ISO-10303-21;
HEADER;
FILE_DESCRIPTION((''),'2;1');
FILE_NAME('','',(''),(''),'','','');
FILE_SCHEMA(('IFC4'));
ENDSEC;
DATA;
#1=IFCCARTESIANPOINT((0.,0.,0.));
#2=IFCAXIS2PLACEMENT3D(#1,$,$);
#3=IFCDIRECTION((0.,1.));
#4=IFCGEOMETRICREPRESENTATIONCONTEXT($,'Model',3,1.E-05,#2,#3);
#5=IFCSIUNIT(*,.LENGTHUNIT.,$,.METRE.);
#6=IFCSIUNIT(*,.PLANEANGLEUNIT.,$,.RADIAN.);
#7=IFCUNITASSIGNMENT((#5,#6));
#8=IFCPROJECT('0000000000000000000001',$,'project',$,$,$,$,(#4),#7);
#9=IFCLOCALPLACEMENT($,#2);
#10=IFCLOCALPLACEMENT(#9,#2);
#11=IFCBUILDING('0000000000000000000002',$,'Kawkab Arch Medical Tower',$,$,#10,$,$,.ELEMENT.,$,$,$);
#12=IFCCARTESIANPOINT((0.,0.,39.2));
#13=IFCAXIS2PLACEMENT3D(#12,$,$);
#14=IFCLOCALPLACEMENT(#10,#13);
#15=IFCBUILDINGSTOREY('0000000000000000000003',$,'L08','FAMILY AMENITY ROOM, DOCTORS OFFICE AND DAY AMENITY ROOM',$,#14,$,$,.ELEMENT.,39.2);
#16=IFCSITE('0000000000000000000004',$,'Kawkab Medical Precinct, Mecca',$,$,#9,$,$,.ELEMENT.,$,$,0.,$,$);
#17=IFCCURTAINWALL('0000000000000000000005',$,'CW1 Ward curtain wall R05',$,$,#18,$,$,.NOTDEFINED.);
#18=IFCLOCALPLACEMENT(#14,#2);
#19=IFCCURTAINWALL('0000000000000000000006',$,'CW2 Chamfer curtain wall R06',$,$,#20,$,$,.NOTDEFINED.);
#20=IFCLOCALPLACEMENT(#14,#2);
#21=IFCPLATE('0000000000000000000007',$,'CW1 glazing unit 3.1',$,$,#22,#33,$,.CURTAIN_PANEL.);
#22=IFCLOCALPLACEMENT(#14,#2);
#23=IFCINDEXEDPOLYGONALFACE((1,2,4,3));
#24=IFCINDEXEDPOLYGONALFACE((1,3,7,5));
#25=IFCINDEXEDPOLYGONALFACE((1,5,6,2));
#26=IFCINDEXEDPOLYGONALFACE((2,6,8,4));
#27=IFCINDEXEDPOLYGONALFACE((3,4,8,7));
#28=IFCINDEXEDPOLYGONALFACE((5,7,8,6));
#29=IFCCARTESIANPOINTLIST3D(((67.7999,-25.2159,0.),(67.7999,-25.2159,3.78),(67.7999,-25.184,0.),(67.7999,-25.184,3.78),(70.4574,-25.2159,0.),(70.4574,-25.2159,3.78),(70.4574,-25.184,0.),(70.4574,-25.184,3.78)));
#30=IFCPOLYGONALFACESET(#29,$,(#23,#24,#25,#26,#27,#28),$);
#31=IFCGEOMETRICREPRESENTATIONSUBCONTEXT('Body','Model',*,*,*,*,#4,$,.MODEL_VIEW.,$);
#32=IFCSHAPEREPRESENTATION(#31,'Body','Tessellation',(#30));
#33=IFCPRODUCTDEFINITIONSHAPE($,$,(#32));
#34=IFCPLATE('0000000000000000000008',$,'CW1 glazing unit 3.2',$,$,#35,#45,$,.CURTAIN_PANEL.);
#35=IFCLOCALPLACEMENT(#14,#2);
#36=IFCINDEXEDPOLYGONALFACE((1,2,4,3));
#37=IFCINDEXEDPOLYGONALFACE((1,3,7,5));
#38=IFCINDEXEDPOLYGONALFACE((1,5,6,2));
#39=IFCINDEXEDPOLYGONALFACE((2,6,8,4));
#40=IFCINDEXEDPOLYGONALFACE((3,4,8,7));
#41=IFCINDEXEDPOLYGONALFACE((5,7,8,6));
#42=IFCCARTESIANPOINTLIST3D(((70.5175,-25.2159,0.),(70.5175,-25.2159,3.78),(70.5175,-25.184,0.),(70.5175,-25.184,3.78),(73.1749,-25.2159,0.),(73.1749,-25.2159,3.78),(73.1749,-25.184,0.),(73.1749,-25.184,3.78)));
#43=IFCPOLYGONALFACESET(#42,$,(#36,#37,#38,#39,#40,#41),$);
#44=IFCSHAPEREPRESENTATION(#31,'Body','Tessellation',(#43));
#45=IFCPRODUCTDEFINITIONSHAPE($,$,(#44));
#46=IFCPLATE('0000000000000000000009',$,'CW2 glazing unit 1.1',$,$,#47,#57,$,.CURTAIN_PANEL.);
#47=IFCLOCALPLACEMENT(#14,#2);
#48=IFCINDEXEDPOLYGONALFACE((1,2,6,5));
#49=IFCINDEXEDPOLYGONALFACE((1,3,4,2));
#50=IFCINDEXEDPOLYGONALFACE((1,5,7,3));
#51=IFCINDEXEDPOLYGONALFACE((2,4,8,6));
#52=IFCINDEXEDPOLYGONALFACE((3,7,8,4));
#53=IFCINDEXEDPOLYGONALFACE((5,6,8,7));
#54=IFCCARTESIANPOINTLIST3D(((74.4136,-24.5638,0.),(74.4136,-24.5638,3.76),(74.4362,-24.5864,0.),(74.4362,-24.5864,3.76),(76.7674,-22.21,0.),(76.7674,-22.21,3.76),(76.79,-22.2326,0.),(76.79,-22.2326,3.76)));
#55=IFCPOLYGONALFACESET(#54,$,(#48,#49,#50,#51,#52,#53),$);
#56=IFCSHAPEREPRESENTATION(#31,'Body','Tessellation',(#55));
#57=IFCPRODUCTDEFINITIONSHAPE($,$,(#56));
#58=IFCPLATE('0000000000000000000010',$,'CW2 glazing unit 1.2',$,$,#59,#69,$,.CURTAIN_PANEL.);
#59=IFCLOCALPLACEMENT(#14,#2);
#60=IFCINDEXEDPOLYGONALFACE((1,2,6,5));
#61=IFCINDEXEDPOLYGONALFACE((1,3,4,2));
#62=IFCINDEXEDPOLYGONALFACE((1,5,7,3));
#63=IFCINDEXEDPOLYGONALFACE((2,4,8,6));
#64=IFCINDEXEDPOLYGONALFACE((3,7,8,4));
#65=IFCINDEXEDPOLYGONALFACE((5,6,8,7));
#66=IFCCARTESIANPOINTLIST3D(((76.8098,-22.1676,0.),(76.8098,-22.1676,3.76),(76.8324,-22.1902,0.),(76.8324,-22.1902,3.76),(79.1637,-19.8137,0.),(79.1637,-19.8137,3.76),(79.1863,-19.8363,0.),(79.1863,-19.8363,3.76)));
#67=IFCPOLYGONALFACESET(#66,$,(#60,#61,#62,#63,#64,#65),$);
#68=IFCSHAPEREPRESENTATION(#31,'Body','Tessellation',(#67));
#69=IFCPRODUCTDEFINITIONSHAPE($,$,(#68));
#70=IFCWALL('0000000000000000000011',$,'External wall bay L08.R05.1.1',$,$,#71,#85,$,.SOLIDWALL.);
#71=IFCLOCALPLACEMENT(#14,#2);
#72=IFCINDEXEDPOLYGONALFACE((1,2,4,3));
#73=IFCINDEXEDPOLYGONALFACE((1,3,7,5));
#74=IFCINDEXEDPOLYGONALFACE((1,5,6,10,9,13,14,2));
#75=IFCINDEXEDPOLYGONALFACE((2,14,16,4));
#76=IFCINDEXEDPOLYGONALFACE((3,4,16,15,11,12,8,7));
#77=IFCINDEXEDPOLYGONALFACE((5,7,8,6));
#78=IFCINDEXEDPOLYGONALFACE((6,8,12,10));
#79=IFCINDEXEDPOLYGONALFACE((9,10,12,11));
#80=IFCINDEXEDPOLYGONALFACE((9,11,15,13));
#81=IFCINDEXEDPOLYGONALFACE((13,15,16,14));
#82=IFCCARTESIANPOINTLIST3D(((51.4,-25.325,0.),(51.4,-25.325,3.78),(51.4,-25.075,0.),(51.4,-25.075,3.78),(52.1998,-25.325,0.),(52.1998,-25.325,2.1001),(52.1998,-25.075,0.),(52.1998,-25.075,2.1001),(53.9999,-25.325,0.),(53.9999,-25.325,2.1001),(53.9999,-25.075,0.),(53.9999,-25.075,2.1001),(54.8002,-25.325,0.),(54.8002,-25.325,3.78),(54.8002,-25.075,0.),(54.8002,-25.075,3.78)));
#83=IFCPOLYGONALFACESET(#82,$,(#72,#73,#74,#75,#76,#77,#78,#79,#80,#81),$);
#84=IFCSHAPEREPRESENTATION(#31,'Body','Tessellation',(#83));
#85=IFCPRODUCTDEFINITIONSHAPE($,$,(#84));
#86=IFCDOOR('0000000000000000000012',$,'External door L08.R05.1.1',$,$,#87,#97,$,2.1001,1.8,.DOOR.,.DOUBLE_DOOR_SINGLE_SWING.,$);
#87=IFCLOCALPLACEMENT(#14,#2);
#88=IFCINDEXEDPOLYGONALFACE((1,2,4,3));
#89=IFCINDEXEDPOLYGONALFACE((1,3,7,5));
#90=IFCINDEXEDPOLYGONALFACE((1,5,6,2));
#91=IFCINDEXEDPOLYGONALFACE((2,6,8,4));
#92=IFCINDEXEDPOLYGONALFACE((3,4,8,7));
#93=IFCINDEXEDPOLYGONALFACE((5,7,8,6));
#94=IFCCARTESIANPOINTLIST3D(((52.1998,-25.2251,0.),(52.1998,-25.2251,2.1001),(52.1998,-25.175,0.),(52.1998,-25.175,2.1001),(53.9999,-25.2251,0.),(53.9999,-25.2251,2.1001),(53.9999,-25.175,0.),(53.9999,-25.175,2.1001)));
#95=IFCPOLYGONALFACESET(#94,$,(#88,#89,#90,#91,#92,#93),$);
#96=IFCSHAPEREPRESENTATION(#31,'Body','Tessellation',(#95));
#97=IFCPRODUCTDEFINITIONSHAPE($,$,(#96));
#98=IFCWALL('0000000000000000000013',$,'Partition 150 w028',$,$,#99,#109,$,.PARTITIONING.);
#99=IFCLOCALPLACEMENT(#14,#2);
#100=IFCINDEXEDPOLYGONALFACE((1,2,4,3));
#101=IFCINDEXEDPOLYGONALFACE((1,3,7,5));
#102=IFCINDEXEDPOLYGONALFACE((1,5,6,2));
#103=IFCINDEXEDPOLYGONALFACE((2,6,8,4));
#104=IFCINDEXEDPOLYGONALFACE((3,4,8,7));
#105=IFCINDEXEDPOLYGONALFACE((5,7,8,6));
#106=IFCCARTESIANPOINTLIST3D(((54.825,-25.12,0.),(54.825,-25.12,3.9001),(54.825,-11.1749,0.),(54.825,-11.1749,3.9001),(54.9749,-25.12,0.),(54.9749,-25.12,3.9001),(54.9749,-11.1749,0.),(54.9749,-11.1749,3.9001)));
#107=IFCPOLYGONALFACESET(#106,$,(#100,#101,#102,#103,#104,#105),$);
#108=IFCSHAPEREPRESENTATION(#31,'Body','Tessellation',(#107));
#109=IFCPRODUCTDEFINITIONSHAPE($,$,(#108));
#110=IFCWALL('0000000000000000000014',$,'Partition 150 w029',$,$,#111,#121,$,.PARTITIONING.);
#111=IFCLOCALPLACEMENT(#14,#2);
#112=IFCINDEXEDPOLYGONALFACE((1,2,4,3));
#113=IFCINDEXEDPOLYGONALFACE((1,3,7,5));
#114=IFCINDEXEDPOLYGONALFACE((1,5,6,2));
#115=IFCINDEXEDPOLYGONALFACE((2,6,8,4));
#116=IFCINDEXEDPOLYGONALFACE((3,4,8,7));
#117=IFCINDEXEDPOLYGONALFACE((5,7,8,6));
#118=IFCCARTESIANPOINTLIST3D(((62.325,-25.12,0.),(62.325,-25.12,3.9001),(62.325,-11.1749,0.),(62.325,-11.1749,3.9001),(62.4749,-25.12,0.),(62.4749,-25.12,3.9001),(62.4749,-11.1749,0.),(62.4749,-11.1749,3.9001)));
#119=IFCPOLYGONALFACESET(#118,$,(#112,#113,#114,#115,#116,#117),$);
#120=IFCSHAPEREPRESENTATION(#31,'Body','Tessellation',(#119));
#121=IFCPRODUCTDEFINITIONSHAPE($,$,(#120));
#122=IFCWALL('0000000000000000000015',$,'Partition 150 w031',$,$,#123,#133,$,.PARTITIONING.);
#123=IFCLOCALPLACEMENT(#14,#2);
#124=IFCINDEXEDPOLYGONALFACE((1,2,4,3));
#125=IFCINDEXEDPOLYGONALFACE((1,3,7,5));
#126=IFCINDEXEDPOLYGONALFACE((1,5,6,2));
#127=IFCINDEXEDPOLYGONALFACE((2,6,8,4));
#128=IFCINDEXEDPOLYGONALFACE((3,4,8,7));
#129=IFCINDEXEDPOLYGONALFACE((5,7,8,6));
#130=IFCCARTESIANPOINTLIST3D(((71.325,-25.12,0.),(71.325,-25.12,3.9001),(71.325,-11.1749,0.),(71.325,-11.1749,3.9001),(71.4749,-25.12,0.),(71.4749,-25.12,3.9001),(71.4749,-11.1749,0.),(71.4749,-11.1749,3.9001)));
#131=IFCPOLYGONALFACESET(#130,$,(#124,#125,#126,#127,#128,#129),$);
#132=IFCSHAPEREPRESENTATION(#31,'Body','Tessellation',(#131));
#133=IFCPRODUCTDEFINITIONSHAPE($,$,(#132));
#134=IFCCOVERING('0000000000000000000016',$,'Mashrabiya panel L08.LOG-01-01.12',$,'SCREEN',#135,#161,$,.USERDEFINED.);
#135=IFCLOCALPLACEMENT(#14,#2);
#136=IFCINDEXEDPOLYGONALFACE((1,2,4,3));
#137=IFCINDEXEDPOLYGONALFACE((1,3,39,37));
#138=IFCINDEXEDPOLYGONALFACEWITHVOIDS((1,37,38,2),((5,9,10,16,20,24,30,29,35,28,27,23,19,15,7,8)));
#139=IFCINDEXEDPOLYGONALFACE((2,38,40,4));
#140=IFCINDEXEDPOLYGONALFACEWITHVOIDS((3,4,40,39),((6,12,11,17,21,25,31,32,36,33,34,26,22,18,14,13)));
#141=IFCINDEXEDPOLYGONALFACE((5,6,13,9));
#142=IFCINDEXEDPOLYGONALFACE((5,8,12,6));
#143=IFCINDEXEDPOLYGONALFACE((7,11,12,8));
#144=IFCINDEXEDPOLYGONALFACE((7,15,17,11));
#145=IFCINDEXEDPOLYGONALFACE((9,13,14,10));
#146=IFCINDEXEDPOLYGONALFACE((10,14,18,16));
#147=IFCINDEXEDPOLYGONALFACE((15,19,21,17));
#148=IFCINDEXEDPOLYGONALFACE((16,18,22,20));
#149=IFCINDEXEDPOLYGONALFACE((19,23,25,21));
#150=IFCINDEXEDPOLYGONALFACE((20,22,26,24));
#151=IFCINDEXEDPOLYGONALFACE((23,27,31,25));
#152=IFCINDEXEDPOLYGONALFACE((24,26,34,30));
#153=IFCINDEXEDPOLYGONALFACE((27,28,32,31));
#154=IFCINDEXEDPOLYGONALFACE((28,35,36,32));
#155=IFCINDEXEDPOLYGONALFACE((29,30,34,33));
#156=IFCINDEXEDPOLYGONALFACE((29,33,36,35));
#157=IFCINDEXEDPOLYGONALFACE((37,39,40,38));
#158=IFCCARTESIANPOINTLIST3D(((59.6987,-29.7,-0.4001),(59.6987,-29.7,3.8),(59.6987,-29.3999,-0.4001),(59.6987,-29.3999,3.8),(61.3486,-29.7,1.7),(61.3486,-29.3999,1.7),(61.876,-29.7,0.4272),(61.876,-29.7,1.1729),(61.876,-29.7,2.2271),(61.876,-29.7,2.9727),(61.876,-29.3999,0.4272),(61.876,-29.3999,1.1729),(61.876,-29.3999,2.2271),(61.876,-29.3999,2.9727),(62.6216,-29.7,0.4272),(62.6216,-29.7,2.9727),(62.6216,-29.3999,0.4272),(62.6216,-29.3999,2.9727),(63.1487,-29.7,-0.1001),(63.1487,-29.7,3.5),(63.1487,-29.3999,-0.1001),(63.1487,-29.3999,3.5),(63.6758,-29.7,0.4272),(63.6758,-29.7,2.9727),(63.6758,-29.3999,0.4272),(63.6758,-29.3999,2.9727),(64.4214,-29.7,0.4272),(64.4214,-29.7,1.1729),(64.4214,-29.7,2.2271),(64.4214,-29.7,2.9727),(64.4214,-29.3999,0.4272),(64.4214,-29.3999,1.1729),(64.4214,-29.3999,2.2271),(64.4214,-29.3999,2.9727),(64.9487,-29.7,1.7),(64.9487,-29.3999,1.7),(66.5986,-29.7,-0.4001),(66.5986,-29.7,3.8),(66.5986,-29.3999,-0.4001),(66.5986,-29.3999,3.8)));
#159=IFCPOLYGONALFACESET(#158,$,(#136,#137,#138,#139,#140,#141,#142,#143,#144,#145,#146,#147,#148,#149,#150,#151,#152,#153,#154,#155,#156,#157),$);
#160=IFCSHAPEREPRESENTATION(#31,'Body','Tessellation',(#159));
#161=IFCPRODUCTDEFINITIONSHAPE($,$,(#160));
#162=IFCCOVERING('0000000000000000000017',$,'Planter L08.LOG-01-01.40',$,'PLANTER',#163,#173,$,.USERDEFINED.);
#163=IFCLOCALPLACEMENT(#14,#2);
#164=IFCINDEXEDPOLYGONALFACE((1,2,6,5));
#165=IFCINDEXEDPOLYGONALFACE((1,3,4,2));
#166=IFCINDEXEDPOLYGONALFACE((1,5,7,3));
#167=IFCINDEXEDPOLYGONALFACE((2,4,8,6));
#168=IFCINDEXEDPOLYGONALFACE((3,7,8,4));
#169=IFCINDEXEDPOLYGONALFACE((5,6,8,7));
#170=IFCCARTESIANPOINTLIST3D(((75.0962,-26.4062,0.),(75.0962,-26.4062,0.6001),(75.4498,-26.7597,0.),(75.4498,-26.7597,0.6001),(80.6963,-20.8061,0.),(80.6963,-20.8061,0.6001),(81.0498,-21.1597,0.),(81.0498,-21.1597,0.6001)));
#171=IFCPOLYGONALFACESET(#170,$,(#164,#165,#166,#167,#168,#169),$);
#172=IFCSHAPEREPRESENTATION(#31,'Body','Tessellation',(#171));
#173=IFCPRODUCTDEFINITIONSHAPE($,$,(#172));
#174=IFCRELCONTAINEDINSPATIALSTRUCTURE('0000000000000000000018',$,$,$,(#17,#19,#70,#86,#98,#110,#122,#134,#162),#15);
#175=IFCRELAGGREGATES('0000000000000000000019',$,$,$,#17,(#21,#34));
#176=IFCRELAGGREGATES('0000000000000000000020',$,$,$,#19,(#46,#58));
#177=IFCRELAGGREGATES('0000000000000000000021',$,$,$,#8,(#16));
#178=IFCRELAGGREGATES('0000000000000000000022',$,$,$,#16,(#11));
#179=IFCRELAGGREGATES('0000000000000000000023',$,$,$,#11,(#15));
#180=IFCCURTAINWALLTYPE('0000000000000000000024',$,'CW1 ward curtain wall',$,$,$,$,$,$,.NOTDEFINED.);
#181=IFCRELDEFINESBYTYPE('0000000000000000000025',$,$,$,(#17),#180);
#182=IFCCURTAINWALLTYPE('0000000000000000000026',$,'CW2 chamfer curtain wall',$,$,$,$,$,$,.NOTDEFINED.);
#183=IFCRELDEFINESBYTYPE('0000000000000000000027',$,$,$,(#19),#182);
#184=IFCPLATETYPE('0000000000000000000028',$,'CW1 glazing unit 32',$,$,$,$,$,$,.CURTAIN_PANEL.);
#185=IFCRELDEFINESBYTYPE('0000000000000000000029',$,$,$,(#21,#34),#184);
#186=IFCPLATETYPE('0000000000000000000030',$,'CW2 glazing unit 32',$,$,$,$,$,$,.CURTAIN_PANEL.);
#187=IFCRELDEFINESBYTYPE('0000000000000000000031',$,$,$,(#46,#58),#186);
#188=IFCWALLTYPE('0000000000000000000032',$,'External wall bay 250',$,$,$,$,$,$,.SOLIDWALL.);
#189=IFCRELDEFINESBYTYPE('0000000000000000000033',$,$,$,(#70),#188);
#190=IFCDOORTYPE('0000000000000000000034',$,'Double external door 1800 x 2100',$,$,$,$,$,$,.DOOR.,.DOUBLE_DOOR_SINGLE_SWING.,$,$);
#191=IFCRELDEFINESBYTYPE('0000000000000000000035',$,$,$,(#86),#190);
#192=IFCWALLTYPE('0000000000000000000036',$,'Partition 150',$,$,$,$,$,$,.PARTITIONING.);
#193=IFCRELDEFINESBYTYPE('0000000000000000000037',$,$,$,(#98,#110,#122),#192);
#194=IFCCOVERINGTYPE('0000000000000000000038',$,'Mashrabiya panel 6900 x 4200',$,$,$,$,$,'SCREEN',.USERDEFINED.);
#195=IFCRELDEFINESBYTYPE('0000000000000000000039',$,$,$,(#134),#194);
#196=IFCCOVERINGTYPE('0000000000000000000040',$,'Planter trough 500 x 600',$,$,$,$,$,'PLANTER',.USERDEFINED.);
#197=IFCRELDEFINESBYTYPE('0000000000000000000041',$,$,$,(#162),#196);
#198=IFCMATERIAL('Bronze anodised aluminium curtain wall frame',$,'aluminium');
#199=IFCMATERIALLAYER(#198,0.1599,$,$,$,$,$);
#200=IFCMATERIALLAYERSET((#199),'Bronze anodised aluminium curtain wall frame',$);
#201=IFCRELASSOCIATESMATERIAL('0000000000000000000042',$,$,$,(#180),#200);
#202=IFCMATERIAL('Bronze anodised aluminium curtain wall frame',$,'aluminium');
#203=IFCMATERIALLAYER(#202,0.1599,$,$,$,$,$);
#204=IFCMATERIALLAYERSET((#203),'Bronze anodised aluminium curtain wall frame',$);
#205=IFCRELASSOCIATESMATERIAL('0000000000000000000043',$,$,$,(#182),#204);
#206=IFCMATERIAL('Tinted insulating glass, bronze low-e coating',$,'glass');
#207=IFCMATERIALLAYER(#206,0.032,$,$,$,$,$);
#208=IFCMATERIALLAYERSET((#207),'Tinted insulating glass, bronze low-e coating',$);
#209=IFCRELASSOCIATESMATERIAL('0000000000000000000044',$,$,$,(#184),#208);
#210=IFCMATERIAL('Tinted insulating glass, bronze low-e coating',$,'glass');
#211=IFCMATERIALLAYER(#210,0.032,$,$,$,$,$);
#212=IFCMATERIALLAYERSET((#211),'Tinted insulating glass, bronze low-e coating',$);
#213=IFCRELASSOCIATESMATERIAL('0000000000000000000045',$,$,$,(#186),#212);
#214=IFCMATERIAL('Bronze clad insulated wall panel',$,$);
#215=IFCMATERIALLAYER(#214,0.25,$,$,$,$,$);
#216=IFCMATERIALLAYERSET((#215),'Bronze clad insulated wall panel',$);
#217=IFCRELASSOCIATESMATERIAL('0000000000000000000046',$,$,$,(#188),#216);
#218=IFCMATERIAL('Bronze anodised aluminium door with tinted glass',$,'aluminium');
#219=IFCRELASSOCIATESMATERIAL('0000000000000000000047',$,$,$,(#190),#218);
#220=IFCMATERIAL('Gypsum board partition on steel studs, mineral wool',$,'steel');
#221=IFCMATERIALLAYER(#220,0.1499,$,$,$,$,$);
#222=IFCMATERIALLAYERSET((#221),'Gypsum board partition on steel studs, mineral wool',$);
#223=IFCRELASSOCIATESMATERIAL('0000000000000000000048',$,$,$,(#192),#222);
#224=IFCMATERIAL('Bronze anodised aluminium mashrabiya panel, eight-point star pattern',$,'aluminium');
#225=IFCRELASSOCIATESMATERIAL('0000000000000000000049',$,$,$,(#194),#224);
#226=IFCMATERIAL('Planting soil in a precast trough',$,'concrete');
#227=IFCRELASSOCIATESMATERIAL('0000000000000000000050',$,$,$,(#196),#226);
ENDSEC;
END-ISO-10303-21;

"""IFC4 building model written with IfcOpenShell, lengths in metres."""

from ifc_helpers import new_model, si_unit, direction, frame, frame_2d, origin, origin_2d, place, context, subcontext, project, spatial, polyline, rectangle, outline, extrude, material, layer, layer_set, material_profile, profile_set, type_object, element, fill, aggregate, save


model = new_model("IFC4")

# Units and contexts
model_context = context("Model", 3, precision=1e-05, world=origin(), true_north=direction((0.0, 1.0)))
body_context = subcontext(model_context, "Body", "Model", "MODEL_VIEW")
ifc_project = project(units=[si_unit("LENGTHUNIT", "METRE"), si_unit("PLANEANGLEUNIT", "RADIAN")], contexts=[model_context])

# Site, building, storey
site_placement = place(None, origin())
site = spatial("IfcSite", under=ifc_project, at=site_placement, Name="Kawkab Medical Precinct, Mecca", CompositionType="ELEMENT", RefElevation=0.0)
building_placement = place(site_placement, origin())
building = spatial("IfcBuilding", under=site, at=building_placement, Name="Kawkab Arch Medical Tower", CompositionType="ELEMENT")
storey_placement = place(building_placement, frame((0.0, 0.0, 39.2)))
storey = spatial("IfcBuildingStorey", under=building, at=storey_placement, Name="L08", Description="FAMILY AMENITY ROOM, DOCTORS OFFICE AND DAY AMENITY ROOM", CompositionType="ELEMENT", Elevation=39.2)

# Curtain walls
ifc_material_1 = material(Name="Bronze anodised aluminium curtain wall frame", Category="aluminium")
ifc_layer_1 = layer(ifc_material_1, 0.1599)
ifc_layer_set_1 = layer_set([ifc_layer_1], Name="Bronze anodised aluminium curtain wall frame")
curtain_wall_type_1 = type_object("IfcCurtainWallType", Name="CW1 ward curtain wall", PredefinedType="NOTDEFINED", material=ifc_layer_set_1)
placement = place(storey_placement, origin())
curtain_wall_1 = element("IfcCurtainWall", 1, at=placement, inside=storey, type_object=curtain_wall_type_1, Name="CW1 Ward curtain wall R05", PredefinedType="NOTDEFINED")
ifc_material_2 = material(Name="Bronze anodised aluminium curtain wall frame", Category="aluminium")
ifc_layer_2 = layer(ifc_material_2, 0.1599)
ifc_layer_set_2 = layer_set([ifc_layer_2], Name="Bronze anodised aluminium curtain wall frame")
curtain_wall_type_2 = type_object("IfcCurtainWallType", Name="CW2 chamfer curtain wall", PredefinedType="NOTDEFINED", material=ifc_layer_set_2)
curtain_wall_2 = element("IfcCurtainWall", 2, at=placement, inside=storey, type_object=curtain_wall_type_2, Name="CW2 Chamfer curtain wall R06", PredefinedType="NOTDEFINED")

# Plates
ifc_material_3 = material(Name="Tinted insulating glass, bronze low-e coating", Category="glass")
ifc_layer_3 = layer(ifc_material_3, 0.032)
ifc_layer_set_3 = layer_set([ifc_layer_3], Name="Tinted insulating glass, bronze low-e coating")
plate_type_1 = type_object("IfcPlateType", Name="CW1 glazing unit 32", PredefinedType="CURTAIN_PANEL", material=ifc_layer_set_3)
plate_1_placement = place(storey_placement, frame((69.1287, -25.2, 0.0), z_axis=(0.0, 0.0, 1.0), x_axis=(1.0, 0.0, 0.0)))
plate_1 = element("IfcPlate", 3, at=plate_1_placement, type_object=plate_type_1, Name="CW1 glazing unit 3.1", PredefinedType="CURTAIN_PANEL", context=body_context, shape_type="SweptSolid", body=[
    extrude(rectangle(XDim=2.6575, YDim=0.032, at=origin_2d()), origin(), (0.0, 0.0, 1.0), 3.78),
])
plate_2_placement = place(storey_placement, frame((71.8462, -25.2, 0.0), z_axis=(0.0, 0.0, 1.0), x_axis=(1.0, 0.0, 0.0)))
plate_2 = element("IfcPlate", 4, at=plate_2_placement, type_object=plate_type_1, Name="CW1 glazing unit 3.2", PredefinedType="CURTAIN_PANEL", context=body_context, shape_type="SweptSolid", body=[
    extrude(rectangle(XDim=2.6575, YDim=0.032, at=origin_2d()), origin(), (0.0, 0.0, 1.0), 3.78),
])
aggregate(curtain_wall_1, [plate_1, plate_2])
ifc_material_4 = material(Name="Tinted insulating glass, bronze low-e coating", Category="glass")
ifc_layer_4 = layer(ifc_material_4, 0.032)
ifc_layer_set_4 = layer_set([ifc_layer_4], Name="Tinted insulating glass, bronze low-e coating")
plate_type_2 = type_object("IfcPlateType", Name="CW2 glazing unit 32", PredefinedType="CURTAIN_PANEL", material=ifc_layer_set_4)
plate_3_placement = place(storey_placement, frame((75.6018, -23.3982, 0.0), z_axis=(0.0, 0.0, 1.0), x_axis=(0.707107, 0.707107, 0.0)))
plate_3 = element("IfcPlate", 5, at=plate_3_placement, type_object=plate_type_2, Name="CW2 glazing unit 1.1", PredefinedType="CURTAIN_PANEL", context=body_context, shape_type="SweptSolid", body=[
    extrude(rectangle(XDim=3.3289, YDim=0.032, at=origin_2d()), origin(), (0.0, 0.0, 1.0), 3.76),
])
plate_4_placement = place(storey_placement, frame((77.998, -21.002, 0.0), z_axis=(0.0, 0.0, 1.0), x_axis=(0.707107, 0.707107, 0.0)))
plate_4 = element("IfcPlate", 6, at=plate_4_placement, type_object=plate_type_2, Name="CW2 glazing unit 1.2", PredefinedType="CURTAIN_PANEL", context=body_context, shape_type="SweptSolid", body=[
    extrude(rectangle(XDim=3.3289, YDim=0.032, at=origin_2d()), origin(), (0.0, 0.0, 1.0), 3.76),
])
aggregate(curtain_wall_2, [plate_3, plate_4])

# Wall, opening, door
ifc_material_5 = material(Name="Bronze clad insulated wall panel")
ifc_layer_5 = layer(ifc_material_5, 0.25)
ifc_layer_set_5 = layer_set([ifc_layer_5], Name="Bronze clad insulated wall panel")
wall_type_1 = type_object("IfcWallType", Name="External wall bay 250", PredefinedType="SOLIDWALL", material=ifc_layer_set_5)
wall_placement = place(storey_placement, frame((51.3999, -25.2, 0.0), z_axis=(0.0, 0.0, 1.0), x_axis=(1.0, 0.0, 0.0)))
wall = element("IfcWall", 7, at=wall_placement, inside=storey, type_object=wall_type_1, Name="External wall bay L08.R05.1.1", PredefinedType="SOLIDWALL", context=body_context, shape_type="SweptSolid", body=[
    extrude(rectangle(XDim=3.4001, YDim=0.25, at=frame_2d((1.7002, 0.0))), origin(), (0.0, 0.0, 1.0), 3.78),
])
opening_placement = place(wall_placement, frame((0.8, 0.0, 0.0)))
opening = element("IfcOpeningElement", 8, at=opening_placement, cuts=wall, PredefinedType="OPENING", context=body_context, shape_type="SweptSolid", body=[
    extrude(rectangle(XDim=1.8, YDim=2.1001, at=frame_2d((0.8999, 1.05))), frame((0.0, 0.135, 0.0), z_axis=(0.0, -1.0, 0.0), x_axis=(1.0, 0.0, 0.0)), (0.0, 0.0, 1.0), 0.27),
])
ifc_material_6 = material(Name="Bronze anodised aluminium door with tinted glass", Category="aluminium")
door_type = type_object("IfcDoorType", Name="Double external door 1800 x 2100", OperationType="DOUBLE_DOOR_SINGLE_SWING", PredefinedType="DOOR", material=ifc_material_6)
door_placement = place(opening_placement, origin())
door = element("IfcDoor", 9, at=door_placement, inside=storey, type_object=door_type, Name="External door L08.R05.1.1", OperationType="DOUBLE_DOOR_SINGLE_SWING", OverallHeight=2.1001, OverallWidth=1.8, PredefinedType="DOOR", context=body_context, shape_type="SweptSolid", body=[
    extrude(rectangle(XDim=1.8, YDim=2.1001, at=frame_2d((0.8999, 1.05))), frame((0.0, 0.0249, 0.0), z_axis=(0.0, -1.0, 0.0), x_axis=(1.0, 0.0, 0.0)), (0.0, 0.0, 1.0), 0.05),
])
fill(opening, door)

# Walls
ifc_material_7 = material(Name="Gypsum board partition on steel studs, mineral wool", Category="steel")
ifc_layer_6 = layer(ifc_material_7, 0.1499)
ifc_layer_set_6 = layer_set([ifc_layer_6], Name="Gypsum board partition on steel studs, mineral wool")
wall_type_2 = type_object("IfcWallType", Name="Partition 150", PredefinedType="PARTITIONING", material=ifc_layer_set_6)
for number, where, z_axis, x_axis, name in (
    (10, (54.8999, -25.1201, 0.0), (0.0, 0.0, 1.0), (0.0, 1.0, 0.0), "Partition 150 w028"),
    (11, (62.3999, -25.1201, 0.0), (0.0, 0.0, 1.0), (0.0, 1.0, 0.0), "Partition 150 w029"),
    (12, (71.3999, -25.1201, 0.0), (0.0, 0.0, 1.0), (0.0, 1.0, 0.0), "Partition 150 w031"),
):
    element("IfcWall", number, at=place(storey_placement, frame(where, z_axis=z_axis, x_axis=x_axis)), inside=storey, type_object=wall_type_2, Name=name, PredefinedType="PARTITIONING", context=body_context, shape_type="SweptSolid", body=[
        extrude(rectangle(XDim=13.9451, YDim=0.1499, at=frame_2d((6.9727, 0.0))), origin(), (0.0, 0.0, 1.0), 3.9001),
    ])

# Coverings
ifc_material_8 = material(Name="Bronze anodised aluminium mashrabiya panel, eight-point star pattern", Category="aluminium")
ifc_material_profile_1 = material_profile(ifc_material_8, outline(polyline([(-3.45, -2.1001), (3.45, -2.1001), (3.45, 2.1001), (-3.45, 2.1001), (-3.45, -2.1001)]), holes=[polyline([(1.8, 0.0), (1.2727, 0.5271), (1.2727, 1.2727), (0.5271, 1.2727), (0.0, 1.8), (-0.5271, 1.2727), (-1.2727, 1.2727), (-1.2727, 0.5271), (-1.8, 0.0), (-1.2727, -0.5271), (-1.2727, -1.2727), (-0.5271, -1.2727), (0.0, -1.8), (0.5271, -1.2727), (1.2727, -1.2727), (1.2727, -0.5271), (1.8, 0.0)])]), Name="Mashrabiya panel 6900x4200")
ifc_profile_set_1 = profile_set([ifc_material_profile_1], Name="Bronze anodised aluminium mashrabiya panel, eight-point star pattern")
covering_type_1 = type_object("IfcCoveringType", Name="Mashrabiya panel 6900 x 4200", ElementType="SCREEN", PredefinedType="USERDEFINED", material=ifc_profile_set_1)
covering_1_placement = place(storey_placement, frame((63.1487, -29.3999, 1.7), z_axis=(0.0, -1.0, 0.0), x_axis=(1.0, 0.0, 0.0)))
element("IfcCovering", 13, at=covering_1_placement, inside=storey, type_object=covering_type_1, Name="Mashrabiya panel L08.LOG-01-01.12", ObjectType="SCREEN", PredefinedType="USERDEFINED", context=body_context, shape_type="SweptSolid", body=[
    extrude(outline(polyline([(-3.45, -2.1001), (3.45, -2.1001), (3.45, 2.1001), (-3.45, 2.1001), (-3.45, -2.1001)]), holes=[polyline([(1.8, 0.0), (1.2727, 0.5271), (1.2727, 1.2727), (0.5271, 1.2727), (0.0, 1.8), (-0.5271, 1.2727), (-1.2727, 1.2727), (-1.2727, 0.5271), (-1.8, 0.0), (-1.2727, -0.5271), (-1.2727, -1.2727), (-0.5271, -1.2727), (0.0, -1.8), (0.5271, -1.2727), (1.2727, -1.2727), (1.2727, -0.5271), (1.8, 0.0)])]), origin(), (0.0, 0.0, 1.0), 0.3),
])
ifc_material_9 = material(Name="Planting soil in a precast trough", Category="concrete")
ifc_material_profile_2 = material_profile(ifc_material_9, rectangle(XDim=0.5, YDim=0.6001, at=origin_2d()), Name="Trough 500x600")
ifc_profile_set_2 = profile_set([ifc_material_profile_2], Name="Planting soil in a precast trough")
covering_type_2 = type_object("IfcCoveringType", Name="Planter trough 500 x 600", ElementType="PLANTER", PredefinedType="USERDEFINED", material=ifc_profile_set_2)
covering_2_placement = place(storey_placement, frame((80.873, -20.9829, 0.3), z_axis=(-0.707107, -0.707107, 0.0), x_axis=(0.707107, -0.707107, 0.0)))
element("IfcCovering", 14, at=covering_2_placement, inside=storey, type_object=covering_type_2, Name="Planter L08.LOG-01-01.40", ObjectType="PLANTER", PredefinedType="USERDEFINED", context=body_context, shape_type="SweptSolid", body=[
    extrude(rectangle(XDim=0.5, YDim=0.6001, at=origin_2d()), origin(), (0.0, 0.0, 1.0), 7.9197),
])

save(model, "model.ifc")
